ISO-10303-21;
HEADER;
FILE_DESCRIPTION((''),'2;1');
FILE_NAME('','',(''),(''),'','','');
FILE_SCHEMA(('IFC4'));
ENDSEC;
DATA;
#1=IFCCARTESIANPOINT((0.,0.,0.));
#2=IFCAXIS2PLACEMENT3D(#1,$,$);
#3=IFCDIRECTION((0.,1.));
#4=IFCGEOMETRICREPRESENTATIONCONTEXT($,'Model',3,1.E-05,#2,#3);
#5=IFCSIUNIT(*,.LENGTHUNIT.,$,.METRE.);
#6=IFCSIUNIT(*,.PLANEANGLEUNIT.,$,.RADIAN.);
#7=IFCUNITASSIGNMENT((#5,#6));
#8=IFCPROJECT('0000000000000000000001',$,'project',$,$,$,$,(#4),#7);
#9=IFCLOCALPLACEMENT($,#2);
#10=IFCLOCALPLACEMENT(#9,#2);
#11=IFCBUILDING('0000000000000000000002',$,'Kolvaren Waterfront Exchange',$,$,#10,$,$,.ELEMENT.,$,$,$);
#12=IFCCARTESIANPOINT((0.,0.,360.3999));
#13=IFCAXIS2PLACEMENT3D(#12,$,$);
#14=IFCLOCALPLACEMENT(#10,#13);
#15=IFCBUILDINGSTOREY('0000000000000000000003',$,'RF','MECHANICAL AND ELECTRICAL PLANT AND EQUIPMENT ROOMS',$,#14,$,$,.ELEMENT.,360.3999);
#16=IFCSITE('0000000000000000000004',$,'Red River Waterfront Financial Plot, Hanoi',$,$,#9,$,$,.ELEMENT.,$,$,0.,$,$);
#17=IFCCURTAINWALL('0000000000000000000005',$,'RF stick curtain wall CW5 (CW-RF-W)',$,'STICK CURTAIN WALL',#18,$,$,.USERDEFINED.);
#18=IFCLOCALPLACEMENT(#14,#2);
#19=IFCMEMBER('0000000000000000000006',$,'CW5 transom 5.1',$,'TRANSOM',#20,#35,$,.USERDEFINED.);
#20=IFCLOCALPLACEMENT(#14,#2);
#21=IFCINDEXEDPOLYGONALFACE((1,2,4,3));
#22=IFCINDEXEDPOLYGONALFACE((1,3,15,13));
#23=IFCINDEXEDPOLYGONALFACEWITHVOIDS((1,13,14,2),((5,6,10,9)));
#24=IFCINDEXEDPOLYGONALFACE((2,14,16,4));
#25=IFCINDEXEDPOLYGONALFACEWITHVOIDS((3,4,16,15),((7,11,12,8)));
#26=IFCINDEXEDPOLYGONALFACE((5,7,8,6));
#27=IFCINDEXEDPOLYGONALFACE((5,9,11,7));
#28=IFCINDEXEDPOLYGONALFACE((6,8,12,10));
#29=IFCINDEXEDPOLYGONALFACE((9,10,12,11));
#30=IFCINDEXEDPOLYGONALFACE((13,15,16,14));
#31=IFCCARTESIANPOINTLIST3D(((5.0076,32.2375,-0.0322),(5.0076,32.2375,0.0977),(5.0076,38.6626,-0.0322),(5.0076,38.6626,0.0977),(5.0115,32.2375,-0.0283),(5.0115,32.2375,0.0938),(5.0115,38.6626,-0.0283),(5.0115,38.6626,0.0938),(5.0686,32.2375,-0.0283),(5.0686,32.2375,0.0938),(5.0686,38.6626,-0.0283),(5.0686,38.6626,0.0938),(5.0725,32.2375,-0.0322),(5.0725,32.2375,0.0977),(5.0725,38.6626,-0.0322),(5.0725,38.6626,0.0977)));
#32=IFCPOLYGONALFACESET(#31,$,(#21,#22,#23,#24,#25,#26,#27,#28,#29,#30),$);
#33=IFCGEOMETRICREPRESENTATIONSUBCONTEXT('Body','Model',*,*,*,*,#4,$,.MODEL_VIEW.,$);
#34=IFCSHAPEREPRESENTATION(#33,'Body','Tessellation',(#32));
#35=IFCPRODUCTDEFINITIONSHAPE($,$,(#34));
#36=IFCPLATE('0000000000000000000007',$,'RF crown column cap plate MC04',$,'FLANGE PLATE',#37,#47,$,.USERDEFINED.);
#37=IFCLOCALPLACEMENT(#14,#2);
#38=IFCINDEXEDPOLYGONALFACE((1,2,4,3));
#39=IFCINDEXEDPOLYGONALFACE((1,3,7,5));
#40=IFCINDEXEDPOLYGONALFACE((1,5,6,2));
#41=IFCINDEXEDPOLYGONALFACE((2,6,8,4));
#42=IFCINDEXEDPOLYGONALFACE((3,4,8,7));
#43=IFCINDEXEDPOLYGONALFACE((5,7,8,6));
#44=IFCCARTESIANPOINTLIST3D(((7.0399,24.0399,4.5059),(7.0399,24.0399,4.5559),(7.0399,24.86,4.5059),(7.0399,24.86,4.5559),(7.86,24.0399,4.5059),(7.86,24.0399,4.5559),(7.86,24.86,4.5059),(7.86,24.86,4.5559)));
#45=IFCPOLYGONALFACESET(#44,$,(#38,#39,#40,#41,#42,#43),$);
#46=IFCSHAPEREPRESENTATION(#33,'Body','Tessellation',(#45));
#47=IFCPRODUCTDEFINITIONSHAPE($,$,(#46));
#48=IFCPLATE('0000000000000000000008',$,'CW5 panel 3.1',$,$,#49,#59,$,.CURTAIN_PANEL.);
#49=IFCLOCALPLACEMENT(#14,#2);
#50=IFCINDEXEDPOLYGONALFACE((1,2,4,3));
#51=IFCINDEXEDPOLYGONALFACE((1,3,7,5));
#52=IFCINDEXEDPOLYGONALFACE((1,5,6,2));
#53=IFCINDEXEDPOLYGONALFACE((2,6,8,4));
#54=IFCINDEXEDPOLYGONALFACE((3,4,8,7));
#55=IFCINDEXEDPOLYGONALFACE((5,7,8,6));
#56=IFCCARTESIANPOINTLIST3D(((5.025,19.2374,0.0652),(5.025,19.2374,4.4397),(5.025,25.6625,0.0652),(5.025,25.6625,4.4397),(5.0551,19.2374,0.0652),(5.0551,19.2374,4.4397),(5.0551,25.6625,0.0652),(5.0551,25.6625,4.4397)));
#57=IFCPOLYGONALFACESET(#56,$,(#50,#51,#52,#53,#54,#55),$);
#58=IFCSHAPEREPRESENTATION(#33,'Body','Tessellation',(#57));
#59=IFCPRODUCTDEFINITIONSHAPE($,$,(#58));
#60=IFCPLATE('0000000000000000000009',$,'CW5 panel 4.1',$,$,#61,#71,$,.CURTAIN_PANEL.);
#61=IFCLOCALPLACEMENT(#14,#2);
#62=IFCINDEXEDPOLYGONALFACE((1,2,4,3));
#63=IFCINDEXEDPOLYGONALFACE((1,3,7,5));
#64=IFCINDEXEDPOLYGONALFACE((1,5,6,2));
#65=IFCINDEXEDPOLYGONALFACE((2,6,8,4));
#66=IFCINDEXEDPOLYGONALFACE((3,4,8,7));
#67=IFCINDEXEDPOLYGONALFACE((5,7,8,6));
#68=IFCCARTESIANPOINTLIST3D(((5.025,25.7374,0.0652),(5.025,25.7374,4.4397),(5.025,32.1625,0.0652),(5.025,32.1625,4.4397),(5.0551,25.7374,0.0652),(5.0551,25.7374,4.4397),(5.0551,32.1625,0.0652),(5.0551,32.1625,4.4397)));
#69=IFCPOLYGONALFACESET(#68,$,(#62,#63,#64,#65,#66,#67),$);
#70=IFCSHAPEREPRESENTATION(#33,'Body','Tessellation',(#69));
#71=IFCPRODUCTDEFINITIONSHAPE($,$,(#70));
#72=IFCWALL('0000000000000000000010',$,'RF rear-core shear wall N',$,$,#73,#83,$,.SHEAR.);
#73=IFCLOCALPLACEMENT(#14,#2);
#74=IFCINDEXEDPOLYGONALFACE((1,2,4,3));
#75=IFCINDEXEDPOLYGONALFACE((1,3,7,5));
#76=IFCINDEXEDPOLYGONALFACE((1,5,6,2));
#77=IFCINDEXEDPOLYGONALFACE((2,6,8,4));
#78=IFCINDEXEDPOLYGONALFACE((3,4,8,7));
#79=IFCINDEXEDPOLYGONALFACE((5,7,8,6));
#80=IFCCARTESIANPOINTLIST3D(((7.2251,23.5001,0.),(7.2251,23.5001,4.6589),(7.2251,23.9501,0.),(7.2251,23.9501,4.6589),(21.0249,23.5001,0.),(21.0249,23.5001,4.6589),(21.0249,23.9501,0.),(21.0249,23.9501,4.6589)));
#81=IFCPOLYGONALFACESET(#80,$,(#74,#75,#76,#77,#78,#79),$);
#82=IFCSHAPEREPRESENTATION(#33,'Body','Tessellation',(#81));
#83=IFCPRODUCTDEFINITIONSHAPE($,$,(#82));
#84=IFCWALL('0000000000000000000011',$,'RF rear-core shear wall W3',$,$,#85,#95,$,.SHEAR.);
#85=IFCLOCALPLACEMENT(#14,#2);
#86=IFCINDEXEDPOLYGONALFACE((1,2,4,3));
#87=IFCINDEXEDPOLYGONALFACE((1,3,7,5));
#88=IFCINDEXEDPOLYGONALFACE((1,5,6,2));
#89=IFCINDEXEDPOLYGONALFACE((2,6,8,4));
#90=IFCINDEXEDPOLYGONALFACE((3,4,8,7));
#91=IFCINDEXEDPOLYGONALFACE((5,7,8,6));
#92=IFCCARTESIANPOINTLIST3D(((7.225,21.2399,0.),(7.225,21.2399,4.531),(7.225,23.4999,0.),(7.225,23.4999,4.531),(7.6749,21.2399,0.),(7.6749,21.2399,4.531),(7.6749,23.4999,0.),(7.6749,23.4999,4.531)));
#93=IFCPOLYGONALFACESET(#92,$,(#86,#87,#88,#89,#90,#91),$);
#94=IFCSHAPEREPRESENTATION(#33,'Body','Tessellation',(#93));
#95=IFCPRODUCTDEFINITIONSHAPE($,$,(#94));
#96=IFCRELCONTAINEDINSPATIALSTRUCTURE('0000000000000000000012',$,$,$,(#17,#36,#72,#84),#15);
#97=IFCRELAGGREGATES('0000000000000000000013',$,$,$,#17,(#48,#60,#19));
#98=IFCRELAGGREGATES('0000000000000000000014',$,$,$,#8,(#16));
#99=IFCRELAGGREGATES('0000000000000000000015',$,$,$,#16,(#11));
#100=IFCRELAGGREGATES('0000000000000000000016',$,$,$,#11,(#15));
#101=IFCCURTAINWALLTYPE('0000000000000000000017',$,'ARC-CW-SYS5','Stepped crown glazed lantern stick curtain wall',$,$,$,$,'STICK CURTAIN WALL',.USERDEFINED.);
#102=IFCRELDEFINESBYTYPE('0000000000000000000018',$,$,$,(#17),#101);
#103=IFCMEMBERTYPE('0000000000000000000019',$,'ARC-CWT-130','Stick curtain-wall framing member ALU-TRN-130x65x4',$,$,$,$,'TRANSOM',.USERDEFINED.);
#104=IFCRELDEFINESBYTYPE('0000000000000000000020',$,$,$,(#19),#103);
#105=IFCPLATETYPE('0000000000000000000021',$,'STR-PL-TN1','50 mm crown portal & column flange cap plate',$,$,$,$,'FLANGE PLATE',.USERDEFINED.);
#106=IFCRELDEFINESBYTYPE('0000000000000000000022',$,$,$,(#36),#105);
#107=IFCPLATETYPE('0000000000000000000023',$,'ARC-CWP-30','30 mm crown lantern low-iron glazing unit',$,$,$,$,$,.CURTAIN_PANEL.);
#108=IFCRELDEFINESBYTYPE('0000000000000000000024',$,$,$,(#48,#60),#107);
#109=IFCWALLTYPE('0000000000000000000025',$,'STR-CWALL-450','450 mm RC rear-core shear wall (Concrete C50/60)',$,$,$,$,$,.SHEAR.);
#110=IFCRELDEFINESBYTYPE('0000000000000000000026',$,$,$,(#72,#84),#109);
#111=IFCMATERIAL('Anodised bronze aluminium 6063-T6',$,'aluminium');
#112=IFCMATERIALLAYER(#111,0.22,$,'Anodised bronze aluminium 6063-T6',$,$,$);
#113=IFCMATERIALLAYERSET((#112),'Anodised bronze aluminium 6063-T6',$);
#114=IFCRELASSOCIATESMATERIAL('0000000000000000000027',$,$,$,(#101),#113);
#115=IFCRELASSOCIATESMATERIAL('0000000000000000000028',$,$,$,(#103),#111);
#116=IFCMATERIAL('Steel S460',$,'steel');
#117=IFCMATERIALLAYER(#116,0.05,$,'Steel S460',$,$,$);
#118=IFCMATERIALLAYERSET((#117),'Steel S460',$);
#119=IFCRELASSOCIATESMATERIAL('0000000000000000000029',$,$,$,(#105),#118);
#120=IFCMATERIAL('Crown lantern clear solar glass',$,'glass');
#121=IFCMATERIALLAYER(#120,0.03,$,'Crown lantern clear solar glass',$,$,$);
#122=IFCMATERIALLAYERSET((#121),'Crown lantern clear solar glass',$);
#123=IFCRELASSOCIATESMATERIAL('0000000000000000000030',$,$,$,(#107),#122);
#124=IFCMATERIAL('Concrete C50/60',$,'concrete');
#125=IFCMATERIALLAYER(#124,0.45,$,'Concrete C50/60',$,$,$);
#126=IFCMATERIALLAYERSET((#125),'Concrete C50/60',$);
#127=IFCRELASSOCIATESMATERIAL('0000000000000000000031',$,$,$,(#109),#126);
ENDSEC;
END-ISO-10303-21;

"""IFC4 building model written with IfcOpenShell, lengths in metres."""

from ifc_helpers import new_model, si_unit, direction, frame, frame_2d, origin, origin_with_axes, origin_2d, place, context, subcontext, project, spatial, rectangle, hollow_rectangle, extrude, source, transform, mapped, material, layer, layer_set, material_profile, profile_set, type_object, element, aggregate, save


model = new_model("IFC4")

# Units and contexts
model_context = context("Model", 3, precision=1e-05, world=origin(), true_north=direction((0.0, 1.0)))
body_context = subcontext(model_context, "Body", "Model", "MODEL_VIEW")
ifc_project = project(units=[si_unit("LENGTHUNIT", "METRE"), si_unit("PLANEANGLEUNIT", "RADIAN")], contexts=[model_context])

# Site, building, storey
site_placement = place(None, origin())
site = spatial("IfcSite", under=ifc_project, at=site_placement, Name="Red River Waterfront Financial Plot, Hanoi", CompositionType="ELEMENT", RefElevation=0.0)
building_placement = place(site_placement, origin())
building = spatial("IfcBuilding", under=site, at=building_placement, Name="Kolvaren Waterfront Exchange", CompositionType="ELEMENT")
storey_placement = place(building_placement, frame((0.0, 0.0, 360.3999)))
storey = spatial("IfcBuildingStorey", under=building, at=storey_placement, Name="RF", Description="MECHANICAL AND ELECTRICAL PLANT AND EQUIPMENT ROOMS", CompositionType="ELEMENT", Elevation=360.3999)

# Shared definitions
ifc_material_1 = material(Name="Concrete C50/60", Category="concrete")

# Curtain wall, member
ifc_material_2 = material(Name="Anodised bronze aluminium 6063-T6", Category="aluminium")
ifc_layer_1 = layer(ifc_material_2, 0.22, Name="Anodised bronze aluminium 6063-T6")
ifc_layer_set_1 = layer_set([ifc_layer_1], Name="Anodised bronze aluminium 6063-T6")
curtain_wall_type = type_object("IfcCurtainWallType", Name="ARC-CW-SYS5", Description="Stepped crown glazed lantern stick curtain wall", ElementType="STICK CURTAIN WALL", PredefinedType="USERDEFINED", material=ifc_layer_set_1)
curtain_wall_placement = place(storey_placement, origin())
curtain_wall = element("IfcCurtainWall", 1, at=curtain_wall_placement, inside=storey, type_object=curtain_wall_type, Name="RF stick curtain wall CW5 (CW-RF-W)", ObjectType="STICK CURTAIN WALL", PredefinedType="USERDEFINED")
ifc_material_profile_1 = material_profile(ifc_material_2, hollow_rectangle(XDim=0.0649, YDim=0.1299, WallThickness=0.0039, at=origin_2d()), Name="ALU-TRN-130x65x4")
ifc_profile_set_1 = profile_set([ifc_material_profile_1], Name="Anodised bronze aluminium 6063-T6")
member_type_1 = type_object("IfcMemberType", Name="ARC-CWT-130", Description="Stick curtain-wall framing member ALU-TRN-130x65x4", ElementType="TRANSOM", PredefinedType="USERDEFINED", material=ifc_profile_set_1)
shared_shape_1 = source(origin_with_axes(), body_context, "Body", "SweptSolid", [
    extrude(hollow_rectangle(XDim=0.0649, YDim=0.1299, WallThickness=0.0039, at=origin_2d()), origin(), (0.0, 0.0, 1.0), 6.425),
])
member_1_placement = place(storey_placement, frame((5.04, 32.2375, 0.0327), z_axis=(0.0, 1.0, 0.0), x_axis=(-1.0, 0.0, 0.0)))
member_1 = element("IfcMember", 2, at=member_1_placement, type_object=member_type_1, Name="CW5 transom 5.1", ObjectType="TRANSOM", PredefinedType="USERDEFINED", context=body_context, shape_type="MappedRepresentation", body=[
    mapped(shared_shape_1, transform((0.0, 0.0, 0.0), x_axis=(1.0, 0.0, 0.0), y_axis=(0.0, 1.0, 0.0), z_axis=(0.0, 0.0, 1.0), scale=1.0)),
])

# Plates
ifc_material_3 = material(Name="Steel S460", Category="steel")
ifc_layer_2 = layer(ifc_material_3, 0.05, Name="Steel S460")
ifc_layer_set_2 = layer_set([ifc_layer_2], Name="Steel S460")
plate_type_1 = type_object("IfcPlateType", Name="STR-PL-TN1", Description="50 mm crown portal & column flange cap plate", ElementType="FLANGE PLATE", PredefinedType="USERDEFINED", material=ifc_layer_set_2)
shared_shape_2 = source(origin_with_axes(), body_context, "Body", "SweptSolid", [
    extrude(rectangle(XDim=0.8201, YDim=0.8201, at=origin_2d()), origin(), (0.0, 0.0, 1.0), 0.05),
])
plate_1_placement = place(storey_placement, frame((7.45, 24.45, 4.5059), z_axis=(0.0, 0.0, 1.0), x_axis=(1.0, 0.0, 0.0)))
element("IfcPlate", 3, at=plate_1_placement, inside=storey, type_object=plate_type_1, Name="RF crown column cap plate MC04", ObjectType="FLANGE PLATE", PredefinedType="USERDEFINED", context=body_context, shape_type="MappedRepresentation", body=[
    mapped(shared_shape_2, transform((0.0, 0.0, 0.0), x_axis=(1.0, 0.0, 0.0), y_axis=(0.0, 1.0, 0.0), z_axis=(0.0, 0.0, 1.0), scale=1.0)),
])
ifc_material_4 = material(Name="Crown lantern clear solar glass", Category="glass")
ifc_layer_3 = layer(ifc_material_4, 0.03, Name="Crown lantern clear solar glass")
ifc_layer_set_3 = layer_set([ifc_layer_3], Name="Crown lantern clear solar glass")
plate_type_2 = type_object("IfcPlateType", Name="ARC-CWP-30", Description="30 mm crown lantern low-iron glazing unit", PredefinedType="CURTAIN_PANEL", material=ifc_layer_set_3)
shared_shape_3 = source(origin_with_axes(), body_context, "Body", "SweptSolid", [
    extrude(rectangle(XDim=6.425, YDim=0.03, at=origin_2d()), origin(), (0.0, 0.0, 1.0), 4.3745),
])
plate_2_placement = place(storey_placement, frame((5.04, 22.45, 0.0652), z_axis=(0.0, 0.0, 1.0), x_axis=(0.0, 1.0, 0.0)))
plate_2 = element("IfcPlate", 4, at=plate_2_placement, type_object=plate_type_2, Name="CW5 panel 3.1", PredefinedType="CURTAIN_PANEL", context=body_context, shape_type="MappedRepresentation", body=[
    mapped(shared_shape_3, transform((0.0, 0.0, 0.0), x_axis=(1.0, 0.0, 0.0), y_axis=(0.0, 1.0, 0.0), z_axis=(0.0, 0.0, 1.0), scale=1.0)),
])
plate_3_placement = place(storey_placement, frame((5.04, 28.95, 0.0652), z_axis=(0.0, 0.0, 1.0), x_axis=(0.0, 1.0, 0.0)))
plate_3 = element("IfcPlate", 5, at=plate_3_placement, type_object=plate_type_2, Name="CW5 panel 4.1", PredefinedType="CURTAIN_PANEL", context=body_context, shape_type="MappedRepresentation", body=[
    mapped(shared_shape_3, transform((0.0, 0.0, 0.0), x_axis=(1.0, 0.0, 0.0), y_axis=(0.0, 1.0, 0.0), z_axis=(0.0, 0.0, 1.0), scale=1.0)),
])
aggregate(curtain_wall, [plate_2, plate_3, member_1])

# Walls
ifc_layer_4 = layer(ifc_material_1, 0.45, Name="Concrete C50/60")
ifc_layer_set_4 = layer_set([ifc_layer_4], Name="Concrete C50/60")
wall_type = type_object("IfcWallType", Name="STR-CWALL-450", Description="450 mm RC rear-core shear wall (Concrete C50/60)", PredefinedType="SHEAR", material=ifc_layer_set_4)
wall_1_placement = place(storey_placement, frame((7.2251, 23.7251, 0.0), z_axis=(0.0, 0.0, 1.0), x_axis=(1.0, 0.0, 0.0)))
element("IfcWall", 6, at=wall_1_placement, inside=storey, type_object=wall_type, Name="RF rear-core shear wall N", PredefinedType="SHEAR", context=body_context, shape_type="SweptSolid", body=[
    extrude(rectangle(XDim=13.7998, YDim=0.45, at=frame_2d((6.8999, 0.0))), origin(), (0.0, 0.0, 1.0), 4.6589),
])
wall_2_placement = place(storey_placement, frame((7.45, 21.24, 0.0), z_axis=(0.0, 0.0, 1.0), x_axis=(0.0, 1.0, 0.0)))
element("IfcWall", 7, at=wall_2_placement, inside=storey, type_object=wall_type, Name="RF rear-core shear wall W3", PredefinedType="SHEAR", context=body_context, shape_type="SweptSolid", body=[
    extrude(rectangle(XDim=2.26, YDim=0.45, at=frame_2d((1.1299, 0.0))), origin(), (0.0, 0.0, 1.0), 4.531),
])

save(model, "model.ifc")
